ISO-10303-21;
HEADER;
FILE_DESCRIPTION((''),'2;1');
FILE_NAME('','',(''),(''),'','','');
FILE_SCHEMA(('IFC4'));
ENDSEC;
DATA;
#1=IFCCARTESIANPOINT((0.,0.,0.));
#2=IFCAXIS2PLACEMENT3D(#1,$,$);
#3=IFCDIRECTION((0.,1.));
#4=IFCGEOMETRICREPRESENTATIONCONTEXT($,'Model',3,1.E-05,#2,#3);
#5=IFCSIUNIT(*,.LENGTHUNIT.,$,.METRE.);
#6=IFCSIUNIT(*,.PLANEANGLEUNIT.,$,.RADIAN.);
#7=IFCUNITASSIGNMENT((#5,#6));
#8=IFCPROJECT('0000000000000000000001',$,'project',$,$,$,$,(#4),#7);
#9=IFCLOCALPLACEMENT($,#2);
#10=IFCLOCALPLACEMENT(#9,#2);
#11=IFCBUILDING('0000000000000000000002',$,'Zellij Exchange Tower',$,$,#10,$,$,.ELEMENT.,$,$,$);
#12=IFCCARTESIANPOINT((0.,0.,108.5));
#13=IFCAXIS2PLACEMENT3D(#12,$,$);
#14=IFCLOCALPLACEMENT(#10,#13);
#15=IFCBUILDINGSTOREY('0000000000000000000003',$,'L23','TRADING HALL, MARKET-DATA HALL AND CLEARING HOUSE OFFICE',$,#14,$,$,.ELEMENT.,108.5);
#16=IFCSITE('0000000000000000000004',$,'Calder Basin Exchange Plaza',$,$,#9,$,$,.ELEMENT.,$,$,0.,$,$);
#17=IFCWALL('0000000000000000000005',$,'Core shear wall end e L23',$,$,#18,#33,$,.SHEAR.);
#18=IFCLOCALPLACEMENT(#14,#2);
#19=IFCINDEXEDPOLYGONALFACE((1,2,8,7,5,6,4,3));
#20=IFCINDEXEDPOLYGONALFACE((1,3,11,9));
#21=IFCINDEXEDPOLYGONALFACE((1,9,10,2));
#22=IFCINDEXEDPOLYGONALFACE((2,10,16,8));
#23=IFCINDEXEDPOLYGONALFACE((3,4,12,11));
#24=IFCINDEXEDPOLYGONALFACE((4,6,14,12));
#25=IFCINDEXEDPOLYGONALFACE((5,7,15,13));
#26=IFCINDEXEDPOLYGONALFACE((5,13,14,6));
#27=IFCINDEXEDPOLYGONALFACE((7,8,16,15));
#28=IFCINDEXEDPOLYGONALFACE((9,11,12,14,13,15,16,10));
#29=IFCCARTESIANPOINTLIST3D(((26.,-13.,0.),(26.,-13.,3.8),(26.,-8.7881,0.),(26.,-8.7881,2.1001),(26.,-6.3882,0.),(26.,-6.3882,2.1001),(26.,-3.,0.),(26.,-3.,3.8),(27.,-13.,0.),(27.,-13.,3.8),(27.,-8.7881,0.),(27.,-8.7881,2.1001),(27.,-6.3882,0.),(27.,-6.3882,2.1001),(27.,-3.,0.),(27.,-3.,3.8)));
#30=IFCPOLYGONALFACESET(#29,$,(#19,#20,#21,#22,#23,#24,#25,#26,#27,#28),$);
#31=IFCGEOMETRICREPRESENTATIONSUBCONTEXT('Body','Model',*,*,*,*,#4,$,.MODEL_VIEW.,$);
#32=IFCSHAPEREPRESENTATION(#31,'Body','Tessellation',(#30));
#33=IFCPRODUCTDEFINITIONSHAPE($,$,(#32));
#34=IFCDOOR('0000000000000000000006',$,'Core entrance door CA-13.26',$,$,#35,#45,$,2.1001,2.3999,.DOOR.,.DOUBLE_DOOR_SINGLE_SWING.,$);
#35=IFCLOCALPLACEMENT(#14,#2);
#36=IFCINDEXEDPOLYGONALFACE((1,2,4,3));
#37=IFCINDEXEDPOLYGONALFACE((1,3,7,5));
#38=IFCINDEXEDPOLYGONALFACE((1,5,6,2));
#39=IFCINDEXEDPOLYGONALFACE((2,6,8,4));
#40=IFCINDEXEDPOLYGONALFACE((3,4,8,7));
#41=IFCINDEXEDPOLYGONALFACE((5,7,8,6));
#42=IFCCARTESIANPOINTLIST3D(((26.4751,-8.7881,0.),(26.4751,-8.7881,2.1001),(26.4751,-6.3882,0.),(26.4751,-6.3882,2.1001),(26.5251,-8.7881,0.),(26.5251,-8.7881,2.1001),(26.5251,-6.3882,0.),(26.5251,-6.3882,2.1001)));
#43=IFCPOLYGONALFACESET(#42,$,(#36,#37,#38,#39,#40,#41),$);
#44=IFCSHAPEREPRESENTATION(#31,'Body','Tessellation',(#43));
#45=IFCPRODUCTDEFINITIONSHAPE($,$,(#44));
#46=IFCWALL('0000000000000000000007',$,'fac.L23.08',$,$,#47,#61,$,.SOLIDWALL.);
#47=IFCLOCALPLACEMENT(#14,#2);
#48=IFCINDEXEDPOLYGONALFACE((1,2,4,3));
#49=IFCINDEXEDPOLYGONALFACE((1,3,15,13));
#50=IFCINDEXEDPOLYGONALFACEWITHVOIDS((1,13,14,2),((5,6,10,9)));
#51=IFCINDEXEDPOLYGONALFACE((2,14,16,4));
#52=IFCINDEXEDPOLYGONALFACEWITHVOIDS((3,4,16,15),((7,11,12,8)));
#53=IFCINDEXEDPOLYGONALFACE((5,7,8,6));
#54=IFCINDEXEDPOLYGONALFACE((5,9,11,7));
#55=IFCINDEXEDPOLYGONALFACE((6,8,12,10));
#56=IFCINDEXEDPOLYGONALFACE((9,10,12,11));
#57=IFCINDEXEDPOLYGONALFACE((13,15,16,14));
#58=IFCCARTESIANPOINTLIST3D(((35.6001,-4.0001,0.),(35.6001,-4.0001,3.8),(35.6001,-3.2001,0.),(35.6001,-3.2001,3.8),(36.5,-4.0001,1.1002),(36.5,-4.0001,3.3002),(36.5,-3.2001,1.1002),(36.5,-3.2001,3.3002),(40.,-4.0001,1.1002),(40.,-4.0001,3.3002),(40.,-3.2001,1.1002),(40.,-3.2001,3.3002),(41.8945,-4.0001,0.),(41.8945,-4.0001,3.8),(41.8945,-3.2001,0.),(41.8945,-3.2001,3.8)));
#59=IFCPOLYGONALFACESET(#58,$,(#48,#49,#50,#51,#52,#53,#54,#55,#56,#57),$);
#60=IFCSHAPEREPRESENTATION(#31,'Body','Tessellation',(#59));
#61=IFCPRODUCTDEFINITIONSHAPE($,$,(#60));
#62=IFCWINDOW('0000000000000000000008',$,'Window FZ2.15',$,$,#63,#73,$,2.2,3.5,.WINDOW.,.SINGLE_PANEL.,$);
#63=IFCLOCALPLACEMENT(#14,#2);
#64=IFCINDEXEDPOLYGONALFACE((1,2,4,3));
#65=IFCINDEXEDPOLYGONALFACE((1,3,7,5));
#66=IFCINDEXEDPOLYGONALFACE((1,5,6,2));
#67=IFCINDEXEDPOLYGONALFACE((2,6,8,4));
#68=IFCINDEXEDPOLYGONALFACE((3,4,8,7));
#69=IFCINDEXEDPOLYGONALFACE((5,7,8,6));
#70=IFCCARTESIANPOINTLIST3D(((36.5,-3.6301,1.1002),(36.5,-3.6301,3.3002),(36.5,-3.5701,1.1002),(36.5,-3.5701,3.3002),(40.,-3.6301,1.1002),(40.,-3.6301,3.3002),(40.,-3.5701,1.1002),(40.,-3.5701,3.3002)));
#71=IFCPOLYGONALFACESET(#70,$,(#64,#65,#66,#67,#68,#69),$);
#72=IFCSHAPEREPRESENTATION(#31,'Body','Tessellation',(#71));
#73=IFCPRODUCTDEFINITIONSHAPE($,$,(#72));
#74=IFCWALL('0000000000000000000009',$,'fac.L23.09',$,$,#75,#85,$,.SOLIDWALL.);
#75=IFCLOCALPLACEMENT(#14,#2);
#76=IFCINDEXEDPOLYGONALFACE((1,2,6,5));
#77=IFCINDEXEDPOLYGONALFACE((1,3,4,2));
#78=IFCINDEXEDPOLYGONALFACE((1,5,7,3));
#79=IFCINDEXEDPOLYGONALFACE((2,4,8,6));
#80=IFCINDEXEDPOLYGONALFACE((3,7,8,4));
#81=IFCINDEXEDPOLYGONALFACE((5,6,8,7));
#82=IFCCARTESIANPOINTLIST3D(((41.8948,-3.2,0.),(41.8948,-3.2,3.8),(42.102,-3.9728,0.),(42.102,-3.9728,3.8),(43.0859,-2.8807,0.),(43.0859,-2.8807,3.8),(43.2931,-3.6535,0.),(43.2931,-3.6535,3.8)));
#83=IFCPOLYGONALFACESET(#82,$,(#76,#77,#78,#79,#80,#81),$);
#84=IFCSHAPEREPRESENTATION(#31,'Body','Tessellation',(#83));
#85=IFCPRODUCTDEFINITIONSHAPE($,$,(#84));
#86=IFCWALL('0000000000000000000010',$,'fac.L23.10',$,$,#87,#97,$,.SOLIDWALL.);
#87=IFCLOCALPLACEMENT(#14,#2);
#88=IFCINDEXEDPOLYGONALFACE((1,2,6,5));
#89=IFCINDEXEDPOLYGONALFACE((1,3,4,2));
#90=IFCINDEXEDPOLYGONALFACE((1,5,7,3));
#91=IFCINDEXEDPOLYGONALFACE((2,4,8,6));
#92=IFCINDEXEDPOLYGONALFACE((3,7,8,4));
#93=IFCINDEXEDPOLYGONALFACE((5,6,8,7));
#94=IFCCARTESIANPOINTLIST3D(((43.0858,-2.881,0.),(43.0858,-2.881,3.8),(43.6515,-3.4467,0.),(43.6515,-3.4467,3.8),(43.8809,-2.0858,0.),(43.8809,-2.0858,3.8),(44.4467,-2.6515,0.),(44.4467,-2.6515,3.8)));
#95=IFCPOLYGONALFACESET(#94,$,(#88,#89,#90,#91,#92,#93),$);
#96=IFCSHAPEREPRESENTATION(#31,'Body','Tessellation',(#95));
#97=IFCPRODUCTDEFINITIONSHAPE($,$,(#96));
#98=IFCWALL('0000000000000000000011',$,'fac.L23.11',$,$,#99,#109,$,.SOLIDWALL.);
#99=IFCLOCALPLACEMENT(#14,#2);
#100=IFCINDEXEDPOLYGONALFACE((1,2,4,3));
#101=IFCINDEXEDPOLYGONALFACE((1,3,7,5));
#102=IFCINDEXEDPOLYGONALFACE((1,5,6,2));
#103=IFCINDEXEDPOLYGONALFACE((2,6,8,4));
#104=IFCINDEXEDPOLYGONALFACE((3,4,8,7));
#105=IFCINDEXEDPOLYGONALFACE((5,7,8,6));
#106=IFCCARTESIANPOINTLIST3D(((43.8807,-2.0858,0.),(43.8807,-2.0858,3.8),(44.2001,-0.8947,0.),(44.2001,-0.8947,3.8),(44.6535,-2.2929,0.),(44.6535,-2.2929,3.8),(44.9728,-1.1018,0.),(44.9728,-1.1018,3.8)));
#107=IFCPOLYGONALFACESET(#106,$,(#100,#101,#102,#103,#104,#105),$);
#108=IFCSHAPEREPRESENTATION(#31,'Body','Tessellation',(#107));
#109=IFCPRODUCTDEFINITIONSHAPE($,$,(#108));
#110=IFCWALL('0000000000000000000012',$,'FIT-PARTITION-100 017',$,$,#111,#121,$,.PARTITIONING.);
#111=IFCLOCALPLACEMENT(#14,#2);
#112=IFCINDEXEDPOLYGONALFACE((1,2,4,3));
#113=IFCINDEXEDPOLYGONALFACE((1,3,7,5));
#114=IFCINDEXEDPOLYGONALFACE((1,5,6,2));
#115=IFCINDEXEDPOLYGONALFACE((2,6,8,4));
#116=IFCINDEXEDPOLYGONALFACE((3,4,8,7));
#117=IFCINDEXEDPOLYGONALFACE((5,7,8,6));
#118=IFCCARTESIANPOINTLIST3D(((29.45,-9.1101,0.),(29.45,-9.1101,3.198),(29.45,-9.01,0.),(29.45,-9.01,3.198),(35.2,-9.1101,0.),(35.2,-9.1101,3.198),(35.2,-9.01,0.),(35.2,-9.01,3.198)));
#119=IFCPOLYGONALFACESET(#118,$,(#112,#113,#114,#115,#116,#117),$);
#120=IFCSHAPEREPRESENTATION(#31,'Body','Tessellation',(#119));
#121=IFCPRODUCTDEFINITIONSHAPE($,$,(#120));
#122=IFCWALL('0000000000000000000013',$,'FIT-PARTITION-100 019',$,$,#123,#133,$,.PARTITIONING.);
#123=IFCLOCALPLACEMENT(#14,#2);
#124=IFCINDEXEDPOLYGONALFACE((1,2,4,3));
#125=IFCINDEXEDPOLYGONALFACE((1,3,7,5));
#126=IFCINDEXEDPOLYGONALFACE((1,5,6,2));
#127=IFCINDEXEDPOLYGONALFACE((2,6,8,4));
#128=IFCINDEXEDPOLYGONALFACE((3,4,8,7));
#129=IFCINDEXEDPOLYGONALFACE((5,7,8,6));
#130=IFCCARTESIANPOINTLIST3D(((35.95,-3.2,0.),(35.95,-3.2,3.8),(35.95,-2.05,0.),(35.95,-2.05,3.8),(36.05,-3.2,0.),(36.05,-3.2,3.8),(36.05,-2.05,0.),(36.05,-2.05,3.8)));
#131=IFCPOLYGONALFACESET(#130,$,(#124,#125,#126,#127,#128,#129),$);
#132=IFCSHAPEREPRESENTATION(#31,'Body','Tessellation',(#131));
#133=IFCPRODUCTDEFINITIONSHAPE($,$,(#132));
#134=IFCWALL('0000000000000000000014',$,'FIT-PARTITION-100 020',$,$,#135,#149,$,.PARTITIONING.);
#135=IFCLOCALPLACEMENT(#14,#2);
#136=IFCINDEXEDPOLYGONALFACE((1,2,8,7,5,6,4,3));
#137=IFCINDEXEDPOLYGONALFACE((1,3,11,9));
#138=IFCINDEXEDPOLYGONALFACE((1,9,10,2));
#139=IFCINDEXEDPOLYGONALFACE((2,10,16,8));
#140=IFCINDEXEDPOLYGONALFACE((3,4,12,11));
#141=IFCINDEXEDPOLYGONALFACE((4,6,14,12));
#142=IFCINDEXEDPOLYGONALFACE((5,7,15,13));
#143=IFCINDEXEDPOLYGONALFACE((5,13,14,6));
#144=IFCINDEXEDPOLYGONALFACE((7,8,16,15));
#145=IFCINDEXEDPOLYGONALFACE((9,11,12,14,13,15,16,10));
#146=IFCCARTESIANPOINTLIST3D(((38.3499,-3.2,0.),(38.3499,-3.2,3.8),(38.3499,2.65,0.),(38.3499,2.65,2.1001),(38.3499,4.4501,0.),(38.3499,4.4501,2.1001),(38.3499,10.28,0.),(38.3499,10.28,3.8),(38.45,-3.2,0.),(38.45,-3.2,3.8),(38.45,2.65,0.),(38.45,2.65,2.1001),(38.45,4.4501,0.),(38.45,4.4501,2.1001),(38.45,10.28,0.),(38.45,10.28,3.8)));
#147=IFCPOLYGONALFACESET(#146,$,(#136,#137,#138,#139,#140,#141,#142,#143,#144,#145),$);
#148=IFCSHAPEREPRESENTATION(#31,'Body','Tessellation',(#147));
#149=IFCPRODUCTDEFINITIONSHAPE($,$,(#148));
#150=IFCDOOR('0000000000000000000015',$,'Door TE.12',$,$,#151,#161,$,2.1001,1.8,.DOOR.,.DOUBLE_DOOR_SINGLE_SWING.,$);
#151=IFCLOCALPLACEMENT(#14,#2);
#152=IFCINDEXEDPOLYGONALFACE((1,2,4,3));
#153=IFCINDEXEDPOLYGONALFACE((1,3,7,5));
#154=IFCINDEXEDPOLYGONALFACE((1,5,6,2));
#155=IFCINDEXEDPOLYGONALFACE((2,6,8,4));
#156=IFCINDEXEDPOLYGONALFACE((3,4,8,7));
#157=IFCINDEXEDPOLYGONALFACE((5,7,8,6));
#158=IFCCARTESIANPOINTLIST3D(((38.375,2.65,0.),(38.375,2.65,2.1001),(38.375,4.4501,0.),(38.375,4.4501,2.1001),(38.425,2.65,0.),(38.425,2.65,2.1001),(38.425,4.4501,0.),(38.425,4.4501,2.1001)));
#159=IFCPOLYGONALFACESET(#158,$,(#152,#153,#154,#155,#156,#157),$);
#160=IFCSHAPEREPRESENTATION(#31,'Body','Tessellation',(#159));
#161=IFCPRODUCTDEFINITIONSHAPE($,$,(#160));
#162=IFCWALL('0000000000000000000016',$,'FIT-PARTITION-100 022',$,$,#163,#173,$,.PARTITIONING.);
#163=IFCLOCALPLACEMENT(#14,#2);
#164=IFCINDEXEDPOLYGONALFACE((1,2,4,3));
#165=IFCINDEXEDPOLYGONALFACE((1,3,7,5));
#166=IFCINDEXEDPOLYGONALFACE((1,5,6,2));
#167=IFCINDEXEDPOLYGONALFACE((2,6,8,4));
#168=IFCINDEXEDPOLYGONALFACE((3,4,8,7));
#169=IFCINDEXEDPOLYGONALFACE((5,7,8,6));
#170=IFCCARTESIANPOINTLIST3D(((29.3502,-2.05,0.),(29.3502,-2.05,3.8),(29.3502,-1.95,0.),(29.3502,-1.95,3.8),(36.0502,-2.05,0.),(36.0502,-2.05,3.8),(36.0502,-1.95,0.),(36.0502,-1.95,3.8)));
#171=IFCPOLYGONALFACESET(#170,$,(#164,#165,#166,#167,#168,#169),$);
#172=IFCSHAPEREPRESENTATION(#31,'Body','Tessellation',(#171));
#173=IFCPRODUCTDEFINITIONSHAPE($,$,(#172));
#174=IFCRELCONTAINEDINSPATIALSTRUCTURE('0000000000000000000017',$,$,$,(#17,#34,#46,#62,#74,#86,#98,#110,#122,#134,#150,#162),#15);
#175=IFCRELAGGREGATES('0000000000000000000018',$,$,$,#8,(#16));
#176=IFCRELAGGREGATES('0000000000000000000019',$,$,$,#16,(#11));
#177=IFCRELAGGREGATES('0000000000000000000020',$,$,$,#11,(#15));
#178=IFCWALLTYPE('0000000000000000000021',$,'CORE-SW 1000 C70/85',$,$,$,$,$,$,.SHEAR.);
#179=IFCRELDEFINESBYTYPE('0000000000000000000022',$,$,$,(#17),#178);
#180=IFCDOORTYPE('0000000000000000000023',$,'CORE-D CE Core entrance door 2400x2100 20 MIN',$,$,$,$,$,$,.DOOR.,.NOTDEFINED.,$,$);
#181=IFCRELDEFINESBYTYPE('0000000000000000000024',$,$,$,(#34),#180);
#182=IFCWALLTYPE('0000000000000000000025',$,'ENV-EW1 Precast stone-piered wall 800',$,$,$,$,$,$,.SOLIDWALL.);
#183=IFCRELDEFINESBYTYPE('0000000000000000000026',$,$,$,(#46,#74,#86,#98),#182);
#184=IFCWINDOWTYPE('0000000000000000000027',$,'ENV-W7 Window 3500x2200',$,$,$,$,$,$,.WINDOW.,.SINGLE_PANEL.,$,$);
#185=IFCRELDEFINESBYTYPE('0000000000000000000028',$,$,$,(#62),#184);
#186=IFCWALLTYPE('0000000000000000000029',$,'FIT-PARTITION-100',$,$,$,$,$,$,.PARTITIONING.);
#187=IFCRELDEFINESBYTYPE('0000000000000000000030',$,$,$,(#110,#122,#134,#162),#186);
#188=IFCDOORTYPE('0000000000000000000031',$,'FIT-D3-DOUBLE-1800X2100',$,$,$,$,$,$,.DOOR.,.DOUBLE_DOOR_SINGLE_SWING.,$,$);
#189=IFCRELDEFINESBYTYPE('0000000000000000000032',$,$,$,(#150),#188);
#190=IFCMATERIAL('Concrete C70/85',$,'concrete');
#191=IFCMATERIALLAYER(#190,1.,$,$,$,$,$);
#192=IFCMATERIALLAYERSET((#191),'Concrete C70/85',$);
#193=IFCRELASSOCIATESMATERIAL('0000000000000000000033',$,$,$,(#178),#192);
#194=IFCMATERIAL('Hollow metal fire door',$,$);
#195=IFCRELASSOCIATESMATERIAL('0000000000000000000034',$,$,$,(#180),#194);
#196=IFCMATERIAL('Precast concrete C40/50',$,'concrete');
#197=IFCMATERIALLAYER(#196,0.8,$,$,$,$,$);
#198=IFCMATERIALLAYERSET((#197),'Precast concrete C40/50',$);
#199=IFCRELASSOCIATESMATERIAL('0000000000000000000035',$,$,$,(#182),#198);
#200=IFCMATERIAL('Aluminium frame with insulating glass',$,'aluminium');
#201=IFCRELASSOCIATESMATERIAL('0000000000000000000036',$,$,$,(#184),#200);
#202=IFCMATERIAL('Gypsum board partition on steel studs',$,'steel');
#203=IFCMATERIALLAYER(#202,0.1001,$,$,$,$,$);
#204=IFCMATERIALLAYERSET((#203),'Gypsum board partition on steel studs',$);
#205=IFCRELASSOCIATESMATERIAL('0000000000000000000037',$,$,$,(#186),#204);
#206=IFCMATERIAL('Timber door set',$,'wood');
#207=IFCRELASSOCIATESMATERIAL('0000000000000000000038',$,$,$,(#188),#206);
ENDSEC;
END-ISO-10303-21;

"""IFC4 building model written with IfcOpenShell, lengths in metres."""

from ifc_helpers import new_model, si_unit, direction, frame, frame_2d, origin, place, context, subcontext, project, spatial, rectangle, extrude, material, layer, layer_set, type_object, element, fill, save


model = new_model("IFC4")

# Units and contexts
model_context = context("Model", 3, precision=1e-05, world=origin(), true_north=direction((0.0, 1.0)))
body_context = subcontext(model_context, "Body", "Model", "MODEL_VIEW")
ifc_project = project(units=[si_unit("LENGTHUNIT", "METRE"), si_unit("PLANEANGLEUNIT", "RADIAN")], contexts=[model_context])

# Site, building, storey
site_placement = place(None, origin())
site = spatial("IfcSite", under=ifc_project, at=site_placement, Name="Calder Basin Exchange Plaza", CompositionType="ELEMENT", RefElevation=0.0)
building_placement = place(site_placement, origin())
building = spatial("IfcBuilding", under=site, at=building_placement, Name="Zellij Exchange Tower", CompositionType="ELEMENT")
storey_placement = place(building_placement, frame((0.0, 0.0, 108.5)))
storey = spatial("IfcBuildingStorey", under=building, at=storey_placement, Name="L23", Description="TRADING HALL, MARKET-DATA HALL AND CLEARING HOUSE OFFICE", CompositionType="ELEMENT", Elevation=108.5)

# Shared definitions
ifc_material_1 = material(Name="Concrete C70/85", Category="concrete")

# Wall, opening, door
ifc_layer_1 = layer(ifc_material_1, 1.0)
ifc_layer_set_1 = layer_set([ifc_layer_1], Name="Concrete C70/85")
wall_type_1 = type_object("IfcWallType", Name="CORE-SW 1000 C70/85", PredefinedType="SHEAR", material=ifc_layer_set_1)
wall_1_placement = place(storey_placement, frame((26.5, -13.0, 0.0), z_axis=(0.0, 0.0, 1.0), x_axis=(0.0, 1.0, 0.0)))
wall_1 = element("IfcWall", 1, at=wall_1_placement, inside=storey, type_object=wall_type_1, Name="Core shear wall end e L23", PredefinedType="SHEAR", context=body_context, shape_type="SweptSolid", body=[
    extrude(rectangle(XDim=10.0, YDim=1.0, at=frame_2d((5.0, 0.0))), origin(), (0.0, 0.0, 1.0), 3.8),
])
opening_1_placement = place(wall_1_placement, frame((4.2119, 0.0, 0.0)))
opening_1 = element("IfcOpeningElement", 2, at=opening_1_placement, cuts=wall_1, PredefinedType="OPENING", context=body_context, shape_type="SweptSolid", body=[
    extrude(rectangle(XDim=2.3999, YDim=2.1001, at=frame_2d((1.2, 1.05))), frame((0.0, 0.512, 0.0), z_axis=(0.0, -1.0, 0.0), x_axis=(1.0, 0.0, 0.0)), (0.0, 0.0, 1.0), 1.0239),
])
ifc_material_2 = material(Name="Hollow metal fire door")
door_type_1 = type_object("IfcDoorType", Name="CORE-D CE Core entrance door 2400x2100 20 MIN", OperationType="NOTDEFINED", PredefinedType="DOOR", material=ifc_material_2)
door_1_placement = place(opening_1_placement, origin())
door_1 = element("IfcDoor", 3, at=door_1_placement, inside=storey, type_object=door_type_1, Name="Core entrance door CA-13.26", OperationType="DOUBLE_DOOR_SINGLE_SWING", OverallHeight=2.1001, OverallWidth=2.3999, PredefinedType="DOOR", context=body_context, shape_type="SweptSolid", body=[
    extrude(rectangle(XDim=2.3999, YDim=2.1001, at=frame_2d((1.2, 1.05))), frame((0.0, 0.0249, 0.0), z_axis=(0.0, -1.0, 0.0), x_axis=(1.0, 0.0, 0.0)), (0.0, 0.0, 1.0), 0.05),
])
fill(opening_1, door_1)

# Wall, opening, window
ifc_material_3 = material(Name="Precast concrete C40/50", Category="concrete")
ifc_layer_2 = layer(ifc_material_3, 0.8)
ifc_layer_set_2 = layer_set([ifc_layer_2], Name="Precast concrete C40/50")
wall_type_2 = type_object("IfcWallType", Name="ENV-EW1 Precast stone-piered wall 800", PredefinedType="SOLIDWALL", material=ifc_layer_set_2)
wall_2_placement = place(storey_placement, frame((35.6001, -3.6001, 0.0), z_axis=(0.0, 0.0, 1.0), x_axis=(1.0, 0.0, 0.0)))
wall_2 = element("IfcWall", 4, at=wall_2_placement, inside=storey, type_object=wall_type_2, Name="fac.L23.08", PredefinedType="SOLIDWALL", context=body_context, shape_type="SweptSolid", body=[
    extrude(rectangle(XDim=6.2944, YDim=0.8, at=frame_2d((3.1472, 0.0))), origin(), (0.0, 0.0, 1.0), 3.8),
])
opening_2_placement = place(wall_2_placement, frame((0.8999, 0.0, 1.1001)))
opening_2 = element("IfcOpeningElement", 5, at=opening_2_placement, cuts=wall_2, PredefinedType="OPENING", context=body_context, shape_type="SweptSolid", body=[
    extrude(rectangle(XDim=3.5, YDim=2.2, at=frame_2d((1.75, 1.1001))), frame((0.0, 0.4121, 0.0), z_axis=(0.0, -1.0, 0.0), x_axis=(1.0, 0.0, 0.0)), (0.0, 0.0, 1.0), 0.824),
])
ifc_material_4 = material(Name="Aluminium frame with insulating glass", Category="aluminium")
window_type = type_object("IfcWindowType", Name="ENV-W7 Window 3500x2200", PartitioningType="SINGLE_PANEL", PredefinedType="WINDOW", material=ifc_material_4)
window_placement = place(opening_2_placement, origin())
window = element("IfcWindow", 6, at=window_placement, inside=storey, type_object=window_type, Name="Window FZ2.15", OverallHeight=2.2, OverallWidth=3.5, PartitioningType="SINGLE_PANEL", PredefinedType="WINDOW", context=body_context, shape_type="SweptSolid", body=[
    extrude(rectangle(XDim=3.5, YDim=2.2, at=frame_2d((1.75, 1.1001))), frame((0.0, 0.03, 0.0), z_axis=(0.0, -1.0, 0.0), x_axis=(1.0, 0.0, 0.0)), (0.0, 0.0, 1.0), 0.0601),
])
fill(opening_2, window)

# Walls
wall_3_placement = place(storey_placement, frame((41.9983, -3.5864, 0.0), z_axis=(0.0, 0.0, 1.0), x_axis=(0.965892, 0.258944, 0.0)))
element("IfcWall", 7, at=wall_3_placement, inside=storey, type_object=wall_type_2, Name="fac.L23.09", PredefinedType="SOLIDWALL", context=body_context, shape_type="SweptSolid", body=[
    extrude(rectangle(XDim=1.2332, YDim=0.8, at=frame_2d((0.6167, 0.0))), origin(), (0.0, 0.0, 1.0), 3.8),
])
wall_4_placement = place(storey_placement, frame((43.3687, -3.1638, 0.0), z_axis=(0.0, 0.0, 1.0), x_axis=(0.707107, 0.707107, 0.0)))
element("IfcWall", 8, at=wall_4_placement, inside=storey, type_object=wall_type_2, Name="fac.L23.10", PredefinedType="SOLIDWALL", context=body_context, shape_type="SweptSolid", body=[
    extrude(rectangle(XDim=1.1245, YDim=0.8, at=frame_2d((0.5623, 0.0))), origin(), (0.0, 0.0, 1.0), 3.8),
])
wall_5_placement = place(storey_placement, frame((44.2671, -2.1895, 0.0), z_axis=(0.0, 0.0, 1.0), x_axis=(0.258944, 0.965892, 0.0)))
element("IfcWall", 9, at=wall_5_placement, inside=storey, type_object=wall_type_2, Name="fac.L23.11", PredefinedType="SOLIDWALL", context=body_context, shape_type="SweptSolid", body=[
    extrude(rectangle(XDim=1.2332, YDim=0.8, at=frame_2d((0.6167, 0.0))), origin(), (0.0, 0.0, 1.0), 3.8),
])
ifc_material_5 = material(Name="Gypsum board partition on steel studs", Category="steel")
ifc_layer_3 = layer(ifc_material_5, 0.1001)
ifc_layer_set_3 = layer_set([ifc_layer_3], Name="Gypsum board partition on steel studs")
wall_type_3 = type_object("IfcWallType", Name="FIT-PARTITION-100", PredefinedType="PARTITIONING", material=ifc_layer_set_3)
wall_6_placement = place(storey_placement, frame((29.45, -9.0601, 0.0), z_axis=(0.0, 0.0, 1.0), x_axis=(1.0, 0.0, 0.0)))
element("IfcWall", 10, at=wall_6_placement, inside=storey, type_object=wall_type_3, Name="FIT-PARTITION-100 017", PredefinedType="PARTITIONING", context=body_context, shape_type="SweptSolid", body=[
    extrude(rectangle(XDim=5.75, YDim=0.1001, at=frame_2d((2.875, 0.0))), origin(), (0.0, 0.0, 1.0), 3.198),
])
wall_7_placement = place(storey_placement, frame((36.0, -3.2, 0.0), z_axis=(0.0, 0.0, 1.0), x_axis=(0.0, 1.0, 0.0)))
element("IfcWall", 11, at=wall_7_placement, inside=storey, type_object=wall_type_3, Name="FIT-PARTITION-100 019", PredefinedType="PARTITIONING", context=body_context, shape_type="SweptSolid", body=[
    extrude(rectangle(XDim=1.1499, YDim=0.1001, at=frame_2d((0.575, 0.0))), origin(), (0.0, 0.0, 1.0), 3.8),
])

# Wall, opening, door
wall_8_placement = place(storey_placement, frame((38.3999, -3.2, 0.0), z_axis=(0.0, 0.0, 1.0), x_axis=(0.0, 1.0, 0.0)))
wall_8 = element("IfcWall", 12, at=wall_8_placement, inside=storey, type_object=wall_type_3, Name="FIT-PARTITION-100 020", PredefinedType="PARTITIONING", context=body_context, shape_type="SweptSolid", body=[
    extrude(rectangle(XDim=13.48, YDim=0.1001, at=frame_2d((6.74, 0.0))), origin(), (0.0, 0.0, 1.0), 3.8),
])
opening_3_placement = place(wall_8_placement, frame((5.8501, 0.0, 0.0)))
opening_3 = element("IfcOpeningElement", 13, at=opening_3_placement, cuts=wall_8, PredefinedType="OPENING", context=body_context, shape_type="SweptSolid", body=[
    extrude(rectangle(XDim=1.8, YDim=2.1001, at=frame_2d((0.8999, 1.05))), frame((0.0, 0.062, 0.0), z_axis=(0.0, -1.0, 0.0), x_axis=(1.0, 0.0, 0.0)), (0.0, 0.0, 1.0), 0.124),
])
ifc_material_6 = material(Name="Timber door set", Category="wood")
door_type_2 = type_object("IfcDoorType", Name="FIT-D3-DOUBLE-1800X2100", OperationType="DOUBLE_DOOR_SINGLE_SWING", PredefinedType="DOOR", material=ifc_material_6)
door_2_placement = place(opening_3_placement, origin())
door_2 = element("IfcDoor", 14, at=door_2_placement, inside=storey, type_object=door_type_2, Name="Door TE.12", OperationType="DOUBLE_DOOR_SINGLE_SWING", OverallHeight=2.1001, OverallWidth=1.8, PredefinedType="DOOR", context=body_context, shape_type="SweptSolid", body=[
    extrude(rectangle(XDim=1.8, YDim=2.1001, at=frame_2d((0.8999, 1.05))), frame((0.0, 0.0249, 0.0), z_axis=(0.0, -1.0, 0.0), x_axis=(1.0, 0.0, 0.0)), (0.0, 0.0, 1.0), 0.05),
])
fill(opening_3, door_2)

# Wall
wall_9_placement = place(storey_placement, frame((29.3501, -2.0, 0.0), z_axis=(0.0, 0.0, 1.0), x_axis=(1.0, 0.0, 0.0)))
element("IfcWall", 15, at=wall_9_placement, inside=storey, type_object=wall_type_3, Name="FIT-PARTITION-100 022", PredefinedType="PARTITIONING", context=body_context, shape_type="SweptSolid", body=[
    extrude(rectangle(XDim=6.7, YDim=0.1001, at=frame_2d((3.3501, 0.0))), origin(), (0.0, 0.0, 1.0), 3.8),
])

save(model, "model.ifc")
